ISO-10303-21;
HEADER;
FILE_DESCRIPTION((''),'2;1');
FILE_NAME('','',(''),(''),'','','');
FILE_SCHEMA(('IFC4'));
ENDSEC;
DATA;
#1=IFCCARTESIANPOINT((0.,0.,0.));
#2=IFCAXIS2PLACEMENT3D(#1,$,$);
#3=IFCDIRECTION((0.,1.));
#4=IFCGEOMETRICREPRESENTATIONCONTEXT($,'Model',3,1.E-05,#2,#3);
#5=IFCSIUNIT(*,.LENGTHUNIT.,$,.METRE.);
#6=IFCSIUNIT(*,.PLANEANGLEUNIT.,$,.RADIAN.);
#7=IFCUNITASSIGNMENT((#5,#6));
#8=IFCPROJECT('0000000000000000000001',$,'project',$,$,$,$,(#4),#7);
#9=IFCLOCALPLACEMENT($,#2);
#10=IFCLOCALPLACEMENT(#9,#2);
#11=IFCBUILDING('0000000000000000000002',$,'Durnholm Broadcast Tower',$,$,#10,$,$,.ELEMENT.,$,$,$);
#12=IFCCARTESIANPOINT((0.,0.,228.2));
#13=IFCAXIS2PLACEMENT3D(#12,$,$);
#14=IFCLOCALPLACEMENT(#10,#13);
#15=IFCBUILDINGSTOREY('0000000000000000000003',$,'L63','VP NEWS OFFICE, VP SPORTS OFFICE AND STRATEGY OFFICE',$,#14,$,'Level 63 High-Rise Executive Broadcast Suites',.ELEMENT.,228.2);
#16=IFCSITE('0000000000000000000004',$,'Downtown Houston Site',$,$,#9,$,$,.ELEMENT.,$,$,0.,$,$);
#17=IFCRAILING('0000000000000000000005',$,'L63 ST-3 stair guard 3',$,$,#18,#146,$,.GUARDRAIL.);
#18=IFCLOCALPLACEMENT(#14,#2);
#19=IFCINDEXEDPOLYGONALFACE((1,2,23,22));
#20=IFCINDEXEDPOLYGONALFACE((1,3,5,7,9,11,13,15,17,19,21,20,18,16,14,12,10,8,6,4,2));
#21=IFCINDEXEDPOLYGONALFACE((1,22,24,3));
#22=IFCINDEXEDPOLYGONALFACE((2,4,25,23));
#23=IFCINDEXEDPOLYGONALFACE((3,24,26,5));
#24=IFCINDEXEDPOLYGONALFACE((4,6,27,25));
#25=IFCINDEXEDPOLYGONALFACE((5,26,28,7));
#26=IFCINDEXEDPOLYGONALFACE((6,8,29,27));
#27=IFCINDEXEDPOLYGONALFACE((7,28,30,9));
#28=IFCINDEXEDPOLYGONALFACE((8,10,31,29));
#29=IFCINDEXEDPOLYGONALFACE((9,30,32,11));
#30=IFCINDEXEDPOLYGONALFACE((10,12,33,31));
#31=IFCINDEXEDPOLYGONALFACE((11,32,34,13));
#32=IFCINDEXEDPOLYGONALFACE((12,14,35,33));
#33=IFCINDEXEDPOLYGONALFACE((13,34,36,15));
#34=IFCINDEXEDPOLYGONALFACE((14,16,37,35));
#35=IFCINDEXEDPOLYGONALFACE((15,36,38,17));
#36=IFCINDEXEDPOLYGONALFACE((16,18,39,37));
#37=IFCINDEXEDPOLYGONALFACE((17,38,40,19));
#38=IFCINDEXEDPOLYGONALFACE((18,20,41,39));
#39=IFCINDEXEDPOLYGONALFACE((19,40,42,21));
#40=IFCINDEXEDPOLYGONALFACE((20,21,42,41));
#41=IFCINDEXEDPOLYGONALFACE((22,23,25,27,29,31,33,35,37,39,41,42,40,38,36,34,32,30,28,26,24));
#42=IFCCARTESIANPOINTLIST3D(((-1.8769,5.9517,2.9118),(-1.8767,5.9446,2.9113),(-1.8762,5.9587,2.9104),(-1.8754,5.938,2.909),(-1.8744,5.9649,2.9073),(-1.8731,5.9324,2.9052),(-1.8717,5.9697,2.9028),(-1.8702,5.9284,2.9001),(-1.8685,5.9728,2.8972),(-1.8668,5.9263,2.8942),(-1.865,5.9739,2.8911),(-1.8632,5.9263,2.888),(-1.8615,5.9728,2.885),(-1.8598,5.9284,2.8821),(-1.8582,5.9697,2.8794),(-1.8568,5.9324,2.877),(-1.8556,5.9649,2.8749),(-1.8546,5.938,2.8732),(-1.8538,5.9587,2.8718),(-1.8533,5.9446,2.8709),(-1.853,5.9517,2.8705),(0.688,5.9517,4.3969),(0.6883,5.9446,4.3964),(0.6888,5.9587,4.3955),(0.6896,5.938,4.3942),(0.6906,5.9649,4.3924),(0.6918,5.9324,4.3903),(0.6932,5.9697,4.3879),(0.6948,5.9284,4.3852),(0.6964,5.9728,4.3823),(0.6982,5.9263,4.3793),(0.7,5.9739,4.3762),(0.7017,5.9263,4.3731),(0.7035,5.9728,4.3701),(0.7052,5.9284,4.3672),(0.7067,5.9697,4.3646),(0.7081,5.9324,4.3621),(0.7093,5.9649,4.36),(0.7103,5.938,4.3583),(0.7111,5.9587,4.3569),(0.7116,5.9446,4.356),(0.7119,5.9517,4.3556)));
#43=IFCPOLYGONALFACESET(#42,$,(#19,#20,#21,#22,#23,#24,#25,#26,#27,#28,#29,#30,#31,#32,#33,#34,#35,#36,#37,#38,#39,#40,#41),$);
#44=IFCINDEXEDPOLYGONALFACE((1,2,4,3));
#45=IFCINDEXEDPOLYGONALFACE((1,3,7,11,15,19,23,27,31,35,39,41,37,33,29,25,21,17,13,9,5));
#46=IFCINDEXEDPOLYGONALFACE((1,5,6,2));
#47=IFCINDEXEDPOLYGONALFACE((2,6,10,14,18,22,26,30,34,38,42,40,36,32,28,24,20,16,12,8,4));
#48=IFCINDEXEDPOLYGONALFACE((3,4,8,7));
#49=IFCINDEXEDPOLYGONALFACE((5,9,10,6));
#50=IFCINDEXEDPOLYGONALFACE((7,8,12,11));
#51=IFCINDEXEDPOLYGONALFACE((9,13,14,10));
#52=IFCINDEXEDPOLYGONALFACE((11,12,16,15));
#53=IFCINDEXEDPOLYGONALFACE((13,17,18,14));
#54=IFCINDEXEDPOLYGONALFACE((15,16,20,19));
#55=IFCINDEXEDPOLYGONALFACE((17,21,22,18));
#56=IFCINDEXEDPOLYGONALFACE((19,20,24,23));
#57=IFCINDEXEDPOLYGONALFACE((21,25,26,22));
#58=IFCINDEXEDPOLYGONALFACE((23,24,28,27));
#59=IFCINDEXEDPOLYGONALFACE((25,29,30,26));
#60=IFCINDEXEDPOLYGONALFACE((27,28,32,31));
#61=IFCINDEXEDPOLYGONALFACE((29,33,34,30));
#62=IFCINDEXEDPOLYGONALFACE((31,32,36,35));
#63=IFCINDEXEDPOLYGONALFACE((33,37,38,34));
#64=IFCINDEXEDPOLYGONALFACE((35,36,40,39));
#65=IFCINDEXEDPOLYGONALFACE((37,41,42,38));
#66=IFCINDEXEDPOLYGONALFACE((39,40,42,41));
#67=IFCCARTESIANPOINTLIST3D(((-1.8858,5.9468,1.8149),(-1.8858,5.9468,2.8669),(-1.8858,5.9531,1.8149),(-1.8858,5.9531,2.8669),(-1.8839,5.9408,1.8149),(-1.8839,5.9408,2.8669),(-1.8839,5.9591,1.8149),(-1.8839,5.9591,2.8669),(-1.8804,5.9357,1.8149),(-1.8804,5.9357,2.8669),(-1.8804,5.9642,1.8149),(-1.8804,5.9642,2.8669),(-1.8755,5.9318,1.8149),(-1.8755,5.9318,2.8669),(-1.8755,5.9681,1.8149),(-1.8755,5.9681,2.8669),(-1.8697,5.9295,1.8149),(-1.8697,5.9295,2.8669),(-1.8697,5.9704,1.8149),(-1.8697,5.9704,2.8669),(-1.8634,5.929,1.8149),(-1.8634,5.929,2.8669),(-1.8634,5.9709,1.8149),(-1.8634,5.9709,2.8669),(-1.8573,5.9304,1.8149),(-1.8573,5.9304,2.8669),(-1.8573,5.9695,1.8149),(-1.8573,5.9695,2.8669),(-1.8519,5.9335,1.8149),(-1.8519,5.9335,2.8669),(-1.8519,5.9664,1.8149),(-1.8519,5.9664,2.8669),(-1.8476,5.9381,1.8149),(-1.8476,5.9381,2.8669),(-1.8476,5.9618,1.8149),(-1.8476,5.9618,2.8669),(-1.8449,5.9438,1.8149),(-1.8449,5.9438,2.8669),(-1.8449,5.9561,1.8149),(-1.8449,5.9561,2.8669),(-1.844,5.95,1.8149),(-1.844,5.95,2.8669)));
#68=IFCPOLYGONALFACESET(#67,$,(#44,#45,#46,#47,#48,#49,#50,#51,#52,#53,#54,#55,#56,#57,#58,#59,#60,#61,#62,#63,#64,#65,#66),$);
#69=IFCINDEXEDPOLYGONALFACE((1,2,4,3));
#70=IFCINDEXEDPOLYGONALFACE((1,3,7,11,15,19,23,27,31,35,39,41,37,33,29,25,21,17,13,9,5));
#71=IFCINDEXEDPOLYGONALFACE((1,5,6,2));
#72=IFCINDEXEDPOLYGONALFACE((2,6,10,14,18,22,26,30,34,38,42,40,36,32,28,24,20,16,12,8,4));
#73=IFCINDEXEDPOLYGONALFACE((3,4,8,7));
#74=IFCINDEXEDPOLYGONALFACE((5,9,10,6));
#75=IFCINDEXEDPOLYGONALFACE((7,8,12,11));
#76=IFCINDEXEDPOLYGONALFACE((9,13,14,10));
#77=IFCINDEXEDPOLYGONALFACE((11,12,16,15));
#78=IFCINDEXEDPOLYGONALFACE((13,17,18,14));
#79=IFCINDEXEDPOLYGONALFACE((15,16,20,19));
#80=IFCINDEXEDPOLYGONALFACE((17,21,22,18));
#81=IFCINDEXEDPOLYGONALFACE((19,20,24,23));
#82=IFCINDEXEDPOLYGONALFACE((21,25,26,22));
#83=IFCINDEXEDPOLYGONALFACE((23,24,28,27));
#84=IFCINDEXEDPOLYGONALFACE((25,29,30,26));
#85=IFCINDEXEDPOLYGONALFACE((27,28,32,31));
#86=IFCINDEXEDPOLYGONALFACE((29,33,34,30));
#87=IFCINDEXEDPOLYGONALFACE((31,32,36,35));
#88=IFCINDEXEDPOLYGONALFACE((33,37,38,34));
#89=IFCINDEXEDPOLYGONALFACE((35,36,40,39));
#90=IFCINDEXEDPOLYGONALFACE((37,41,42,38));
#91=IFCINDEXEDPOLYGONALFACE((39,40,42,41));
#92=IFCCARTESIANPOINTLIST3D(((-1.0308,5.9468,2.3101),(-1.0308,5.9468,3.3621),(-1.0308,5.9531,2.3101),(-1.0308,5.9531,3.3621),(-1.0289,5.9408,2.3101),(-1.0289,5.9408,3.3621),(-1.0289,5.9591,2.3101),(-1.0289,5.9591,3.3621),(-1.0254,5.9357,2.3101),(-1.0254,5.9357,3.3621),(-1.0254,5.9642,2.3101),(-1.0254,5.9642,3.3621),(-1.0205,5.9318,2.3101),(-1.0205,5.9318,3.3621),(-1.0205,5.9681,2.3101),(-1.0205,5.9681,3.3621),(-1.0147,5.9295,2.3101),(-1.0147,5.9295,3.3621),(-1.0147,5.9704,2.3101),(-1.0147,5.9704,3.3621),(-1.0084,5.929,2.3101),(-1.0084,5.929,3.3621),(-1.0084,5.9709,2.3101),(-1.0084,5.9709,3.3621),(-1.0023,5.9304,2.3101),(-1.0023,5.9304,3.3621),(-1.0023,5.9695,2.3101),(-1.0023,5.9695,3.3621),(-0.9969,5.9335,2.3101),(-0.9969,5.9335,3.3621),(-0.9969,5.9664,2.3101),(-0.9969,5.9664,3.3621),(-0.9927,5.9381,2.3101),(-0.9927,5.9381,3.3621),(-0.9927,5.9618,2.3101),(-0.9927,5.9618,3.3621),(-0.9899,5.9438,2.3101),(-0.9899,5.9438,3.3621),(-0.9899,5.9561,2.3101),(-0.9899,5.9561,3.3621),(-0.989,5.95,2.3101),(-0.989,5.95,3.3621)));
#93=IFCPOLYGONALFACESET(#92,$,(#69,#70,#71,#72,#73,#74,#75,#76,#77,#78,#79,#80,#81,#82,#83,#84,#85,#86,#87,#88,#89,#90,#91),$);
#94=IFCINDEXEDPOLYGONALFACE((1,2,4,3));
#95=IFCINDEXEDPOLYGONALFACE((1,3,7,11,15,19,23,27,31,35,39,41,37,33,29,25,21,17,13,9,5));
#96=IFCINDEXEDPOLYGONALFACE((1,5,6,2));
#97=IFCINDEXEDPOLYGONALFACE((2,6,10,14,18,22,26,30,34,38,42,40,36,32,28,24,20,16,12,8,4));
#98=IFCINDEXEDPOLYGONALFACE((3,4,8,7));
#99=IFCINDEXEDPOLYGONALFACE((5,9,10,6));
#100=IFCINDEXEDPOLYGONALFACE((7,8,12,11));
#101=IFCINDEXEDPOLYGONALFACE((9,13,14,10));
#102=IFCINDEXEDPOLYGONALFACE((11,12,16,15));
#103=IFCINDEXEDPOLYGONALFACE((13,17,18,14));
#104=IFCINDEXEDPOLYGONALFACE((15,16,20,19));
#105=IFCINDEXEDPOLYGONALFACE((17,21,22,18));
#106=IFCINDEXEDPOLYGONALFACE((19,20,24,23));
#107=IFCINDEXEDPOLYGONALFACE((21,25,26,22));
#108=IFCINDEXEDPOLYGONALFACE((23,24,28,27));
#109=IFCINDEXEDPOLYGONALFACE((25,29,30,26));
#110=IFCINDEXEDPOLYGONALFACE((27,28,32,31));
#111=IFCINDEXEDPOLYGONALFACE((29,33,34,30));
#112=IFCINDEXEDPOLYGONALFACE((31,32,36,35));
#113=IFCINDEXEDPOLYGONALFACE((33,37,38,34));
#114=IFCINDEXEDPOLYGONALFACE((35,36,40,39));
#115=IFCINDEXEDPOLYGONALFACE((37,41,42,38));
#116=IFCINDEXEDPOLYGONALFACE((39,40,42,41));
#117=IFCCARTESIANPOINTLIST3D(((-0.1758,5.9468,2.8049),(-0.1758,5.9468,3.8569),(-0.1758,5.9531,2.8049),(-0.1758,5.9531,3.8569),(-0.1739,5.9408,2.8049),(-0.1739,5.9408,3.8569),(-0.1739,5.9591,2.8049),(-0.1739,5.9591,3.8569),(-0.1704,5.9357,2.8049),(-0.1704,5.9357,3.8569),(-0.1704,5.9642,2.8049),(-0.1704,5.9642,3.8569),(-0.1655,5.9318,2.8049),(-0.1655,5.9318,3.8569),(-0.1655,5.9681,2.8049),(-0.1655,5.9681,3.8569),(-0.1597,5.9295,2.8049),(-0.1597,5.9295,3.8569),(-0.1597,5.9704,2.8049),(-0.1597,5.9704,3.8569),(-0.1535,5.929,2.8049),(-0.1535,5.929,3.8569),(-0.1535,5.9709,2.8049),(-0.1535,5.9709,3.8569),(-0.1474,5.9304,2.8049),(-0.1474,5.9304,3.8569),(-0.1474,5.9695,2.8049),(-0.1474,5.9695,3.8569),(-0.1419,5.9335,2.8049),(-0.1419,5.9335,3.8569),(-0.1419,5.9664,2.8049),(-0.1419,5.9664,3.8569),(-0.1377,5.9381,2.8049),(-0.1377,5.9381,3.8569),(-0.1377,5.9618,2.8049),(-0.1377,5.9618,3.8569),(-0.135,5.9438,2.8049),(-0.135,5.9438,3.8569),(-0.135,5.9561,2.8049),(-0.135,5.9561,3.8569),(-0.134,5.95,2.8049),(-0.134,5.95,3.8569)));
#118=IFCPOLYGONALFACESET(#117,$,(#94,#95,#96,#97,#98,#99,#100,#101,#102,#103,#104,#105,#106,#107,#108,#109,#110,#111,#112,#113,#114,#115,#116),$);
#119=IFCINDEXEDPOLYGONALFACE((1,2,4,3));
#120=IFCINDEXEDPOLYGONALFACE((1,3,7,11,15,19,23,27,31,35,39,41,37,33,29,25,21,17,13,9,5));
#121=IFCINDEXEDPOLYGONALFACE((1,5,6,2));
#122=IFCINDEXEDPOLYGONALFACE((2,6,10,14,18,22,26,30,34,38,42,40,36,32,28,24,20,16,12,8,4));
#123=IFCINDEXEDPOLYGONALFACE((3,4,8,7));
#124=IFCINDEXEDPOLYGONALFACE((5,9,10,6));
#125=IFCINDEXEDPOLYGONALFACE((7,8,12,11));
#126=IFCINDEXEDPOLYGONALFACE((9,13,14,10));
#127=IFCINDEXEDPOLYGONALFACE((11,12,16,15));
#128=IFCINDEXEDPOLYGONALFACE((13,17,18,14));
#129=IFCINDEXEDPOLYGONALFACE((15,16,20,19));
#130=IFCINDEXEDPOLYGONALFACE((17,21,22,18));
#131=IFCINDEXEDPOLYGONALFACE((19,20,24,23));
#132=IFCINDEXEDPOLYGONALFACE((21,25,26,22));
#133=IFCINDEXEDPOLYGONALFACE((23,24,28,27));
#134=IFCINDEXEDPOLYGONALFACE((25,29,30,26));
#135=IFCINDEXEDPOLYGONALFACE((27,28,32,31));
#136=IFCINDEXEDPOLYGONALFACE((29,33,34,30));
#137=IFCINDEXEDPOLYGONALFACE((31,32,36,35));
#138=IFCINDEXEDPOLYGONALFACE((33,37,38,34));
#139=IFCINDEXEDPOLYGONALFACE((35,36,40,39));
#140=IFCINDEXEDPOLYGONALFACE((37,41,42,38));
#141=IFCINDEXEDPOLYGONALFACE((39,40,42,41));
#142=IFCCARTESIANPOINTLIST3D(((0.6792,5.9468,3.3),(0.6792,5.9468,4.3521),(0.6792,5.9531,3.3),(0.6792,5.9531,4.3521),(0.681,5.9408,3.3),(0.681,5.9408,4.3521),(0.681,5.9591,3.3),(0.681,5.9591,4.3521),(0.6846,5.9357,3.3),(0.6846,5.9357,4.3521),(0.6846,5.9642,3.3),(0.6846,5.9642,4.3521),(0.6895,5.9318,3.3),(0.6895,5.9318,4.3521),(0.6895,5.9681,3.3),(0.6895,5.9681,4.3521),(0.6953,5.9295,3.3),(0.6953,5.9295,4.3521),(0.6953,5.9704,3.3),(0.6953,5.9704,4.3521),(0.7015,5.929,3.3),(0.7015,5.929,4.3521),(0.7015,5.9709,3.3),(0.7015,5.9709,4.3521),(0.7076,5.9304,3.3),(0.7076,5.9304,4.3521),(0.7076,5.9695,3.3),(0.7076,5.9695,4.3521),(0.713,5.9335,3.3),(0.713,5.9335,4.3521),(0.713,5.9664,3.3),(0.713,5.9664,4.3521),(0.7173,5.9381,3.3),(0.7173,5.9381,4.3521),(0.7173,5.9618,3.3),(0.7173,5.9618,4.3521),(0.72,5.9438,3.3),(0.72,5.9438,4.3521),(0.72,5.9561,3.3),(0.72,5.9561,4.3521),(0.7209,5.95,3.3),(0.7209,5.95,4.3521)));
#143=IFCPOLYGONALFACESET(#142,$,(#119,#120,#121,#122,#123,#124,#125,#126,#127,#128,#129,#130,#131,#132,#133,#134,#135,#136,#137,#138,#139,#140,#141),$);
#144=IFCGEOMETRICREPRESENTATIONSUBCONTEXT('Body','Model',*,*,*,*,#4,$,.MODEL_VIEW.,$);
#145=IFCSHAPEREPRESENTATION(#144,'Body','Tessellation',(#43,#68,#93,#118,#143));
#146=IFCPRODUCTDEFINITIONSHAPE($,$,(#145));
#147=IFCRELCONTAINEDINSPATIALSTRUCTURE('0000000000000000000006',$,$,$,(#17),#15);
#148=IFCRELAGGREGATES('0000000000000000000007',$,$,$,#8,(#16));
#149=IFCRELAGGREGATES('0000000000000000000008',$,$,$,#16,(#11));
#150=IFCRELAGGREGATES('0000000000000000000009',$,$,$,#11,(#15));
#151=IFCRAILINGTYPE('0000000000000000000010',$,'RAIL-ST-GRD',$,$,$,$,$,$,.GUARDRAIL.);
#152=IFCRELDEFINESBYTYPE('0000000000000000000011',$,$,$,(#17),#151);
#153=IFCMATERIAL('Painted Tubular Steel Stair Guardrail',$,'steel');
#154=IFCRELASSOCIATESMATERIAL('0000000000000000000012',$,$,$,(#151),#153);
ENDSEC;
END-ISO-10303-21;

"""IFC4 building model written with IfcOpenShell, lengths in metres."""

from ifc_helpers import new_model, si_unit, direction, frame, origin, origin_2d, place, context, subcontext, project, spatial, circle, extrude, material, type_object, element, save


model = new_model("IFC4")

# Units and contexts
model_context = context("Model", 3, precision=1e-05, world=origin(), true_north=direction((0.0, 1.0)))
body_context = subcontext(model_context, "Body", "Model", "MODEL_VIEW")
ifc_project = project(units=[si_unit("LENGTHUNIT", "METRE"), si_unit("PLANEANGLEUNIT", "RADIAN")], contexts=[model_context])

# Site, building, storey
site_placement = place(None, origin())
site = spatial("IfcSite", under=ifc_project, at=site_placement, Name="Downtown Houston Site", CompositionType="ELEMENT", RefElevation=0.0)
building_placement = place(site_placement, origin())
building = spatial("IfcBuilding", under=site, at=building_placement, Name="Durnholm Broadcast Tower", CompositionType="ELEMENT")
storey_placement = place(building_placement, frame((0.0, 0.0, 228.2)))
storey = spatial("IfcBuildingStorey", under=building, at=storey_placement, Name="L63", Description="VP NEWS OFFICE, VP SPORTS OFFICE AND STRATEGY OFFICE", LongName="Level 63 High-Rise Executive Broadcast Suites", CompositionType="ELEMENT", Elevation=228.2)

# Railing
ifc_material_1 = material(Name="Painted Tubular Steel Stair Guardrail", Category="steel")
railing_type_1 = type_object("IfcRailingType", Name="RAIL-ST-GRD", PredefinedType="GUARDRAIL", material=ifc_material_1)
railing_1_placement = place(storey_placement, frame((-1.865, 5.95, 1.8149)))
element("IfcRailing", 1, at=railing_1_placement, inside=storey, type_object=railing_type_1, Name="L63 ST-3 stair guard 3", PredefinedType="GUARDRAIL", context=body_context, shape_type="SweptSolid", body=[
    extrude(circle(Radius=0.0239, at=origin_2d()), frame((0.0, 0.0, 1.0762), z_axis=(0.865406, 0.0, 0.501072), x_axis=(0.0, 1.0, 0.0)), (0.0, 0.0, 1.0), 2.9639),
    extrude(circle(Radius=0.021, at=origin_2d()), origin(), (0.0, 0.0, 1.0), 1.052),
    extrude(circle(Radius=0.021, at=origin_2d()), frame((0.855, 0.0, 0.4951)), (0.0, 0.0, 1.0), 1.052),
    extrude(circle(Radius=0.021, at=origin_2d()), frame((1.71, 0.0, 0.99)), (0.0, 0.0, 1.0), 1.052),
    extrude(circle(Radius=0.021, at=origin_2d()), frame((2.5649, 0.0, 1.4851)), (0.0, 0.0, 1.0), 1.052),
])

save(model, "model.ifc")
